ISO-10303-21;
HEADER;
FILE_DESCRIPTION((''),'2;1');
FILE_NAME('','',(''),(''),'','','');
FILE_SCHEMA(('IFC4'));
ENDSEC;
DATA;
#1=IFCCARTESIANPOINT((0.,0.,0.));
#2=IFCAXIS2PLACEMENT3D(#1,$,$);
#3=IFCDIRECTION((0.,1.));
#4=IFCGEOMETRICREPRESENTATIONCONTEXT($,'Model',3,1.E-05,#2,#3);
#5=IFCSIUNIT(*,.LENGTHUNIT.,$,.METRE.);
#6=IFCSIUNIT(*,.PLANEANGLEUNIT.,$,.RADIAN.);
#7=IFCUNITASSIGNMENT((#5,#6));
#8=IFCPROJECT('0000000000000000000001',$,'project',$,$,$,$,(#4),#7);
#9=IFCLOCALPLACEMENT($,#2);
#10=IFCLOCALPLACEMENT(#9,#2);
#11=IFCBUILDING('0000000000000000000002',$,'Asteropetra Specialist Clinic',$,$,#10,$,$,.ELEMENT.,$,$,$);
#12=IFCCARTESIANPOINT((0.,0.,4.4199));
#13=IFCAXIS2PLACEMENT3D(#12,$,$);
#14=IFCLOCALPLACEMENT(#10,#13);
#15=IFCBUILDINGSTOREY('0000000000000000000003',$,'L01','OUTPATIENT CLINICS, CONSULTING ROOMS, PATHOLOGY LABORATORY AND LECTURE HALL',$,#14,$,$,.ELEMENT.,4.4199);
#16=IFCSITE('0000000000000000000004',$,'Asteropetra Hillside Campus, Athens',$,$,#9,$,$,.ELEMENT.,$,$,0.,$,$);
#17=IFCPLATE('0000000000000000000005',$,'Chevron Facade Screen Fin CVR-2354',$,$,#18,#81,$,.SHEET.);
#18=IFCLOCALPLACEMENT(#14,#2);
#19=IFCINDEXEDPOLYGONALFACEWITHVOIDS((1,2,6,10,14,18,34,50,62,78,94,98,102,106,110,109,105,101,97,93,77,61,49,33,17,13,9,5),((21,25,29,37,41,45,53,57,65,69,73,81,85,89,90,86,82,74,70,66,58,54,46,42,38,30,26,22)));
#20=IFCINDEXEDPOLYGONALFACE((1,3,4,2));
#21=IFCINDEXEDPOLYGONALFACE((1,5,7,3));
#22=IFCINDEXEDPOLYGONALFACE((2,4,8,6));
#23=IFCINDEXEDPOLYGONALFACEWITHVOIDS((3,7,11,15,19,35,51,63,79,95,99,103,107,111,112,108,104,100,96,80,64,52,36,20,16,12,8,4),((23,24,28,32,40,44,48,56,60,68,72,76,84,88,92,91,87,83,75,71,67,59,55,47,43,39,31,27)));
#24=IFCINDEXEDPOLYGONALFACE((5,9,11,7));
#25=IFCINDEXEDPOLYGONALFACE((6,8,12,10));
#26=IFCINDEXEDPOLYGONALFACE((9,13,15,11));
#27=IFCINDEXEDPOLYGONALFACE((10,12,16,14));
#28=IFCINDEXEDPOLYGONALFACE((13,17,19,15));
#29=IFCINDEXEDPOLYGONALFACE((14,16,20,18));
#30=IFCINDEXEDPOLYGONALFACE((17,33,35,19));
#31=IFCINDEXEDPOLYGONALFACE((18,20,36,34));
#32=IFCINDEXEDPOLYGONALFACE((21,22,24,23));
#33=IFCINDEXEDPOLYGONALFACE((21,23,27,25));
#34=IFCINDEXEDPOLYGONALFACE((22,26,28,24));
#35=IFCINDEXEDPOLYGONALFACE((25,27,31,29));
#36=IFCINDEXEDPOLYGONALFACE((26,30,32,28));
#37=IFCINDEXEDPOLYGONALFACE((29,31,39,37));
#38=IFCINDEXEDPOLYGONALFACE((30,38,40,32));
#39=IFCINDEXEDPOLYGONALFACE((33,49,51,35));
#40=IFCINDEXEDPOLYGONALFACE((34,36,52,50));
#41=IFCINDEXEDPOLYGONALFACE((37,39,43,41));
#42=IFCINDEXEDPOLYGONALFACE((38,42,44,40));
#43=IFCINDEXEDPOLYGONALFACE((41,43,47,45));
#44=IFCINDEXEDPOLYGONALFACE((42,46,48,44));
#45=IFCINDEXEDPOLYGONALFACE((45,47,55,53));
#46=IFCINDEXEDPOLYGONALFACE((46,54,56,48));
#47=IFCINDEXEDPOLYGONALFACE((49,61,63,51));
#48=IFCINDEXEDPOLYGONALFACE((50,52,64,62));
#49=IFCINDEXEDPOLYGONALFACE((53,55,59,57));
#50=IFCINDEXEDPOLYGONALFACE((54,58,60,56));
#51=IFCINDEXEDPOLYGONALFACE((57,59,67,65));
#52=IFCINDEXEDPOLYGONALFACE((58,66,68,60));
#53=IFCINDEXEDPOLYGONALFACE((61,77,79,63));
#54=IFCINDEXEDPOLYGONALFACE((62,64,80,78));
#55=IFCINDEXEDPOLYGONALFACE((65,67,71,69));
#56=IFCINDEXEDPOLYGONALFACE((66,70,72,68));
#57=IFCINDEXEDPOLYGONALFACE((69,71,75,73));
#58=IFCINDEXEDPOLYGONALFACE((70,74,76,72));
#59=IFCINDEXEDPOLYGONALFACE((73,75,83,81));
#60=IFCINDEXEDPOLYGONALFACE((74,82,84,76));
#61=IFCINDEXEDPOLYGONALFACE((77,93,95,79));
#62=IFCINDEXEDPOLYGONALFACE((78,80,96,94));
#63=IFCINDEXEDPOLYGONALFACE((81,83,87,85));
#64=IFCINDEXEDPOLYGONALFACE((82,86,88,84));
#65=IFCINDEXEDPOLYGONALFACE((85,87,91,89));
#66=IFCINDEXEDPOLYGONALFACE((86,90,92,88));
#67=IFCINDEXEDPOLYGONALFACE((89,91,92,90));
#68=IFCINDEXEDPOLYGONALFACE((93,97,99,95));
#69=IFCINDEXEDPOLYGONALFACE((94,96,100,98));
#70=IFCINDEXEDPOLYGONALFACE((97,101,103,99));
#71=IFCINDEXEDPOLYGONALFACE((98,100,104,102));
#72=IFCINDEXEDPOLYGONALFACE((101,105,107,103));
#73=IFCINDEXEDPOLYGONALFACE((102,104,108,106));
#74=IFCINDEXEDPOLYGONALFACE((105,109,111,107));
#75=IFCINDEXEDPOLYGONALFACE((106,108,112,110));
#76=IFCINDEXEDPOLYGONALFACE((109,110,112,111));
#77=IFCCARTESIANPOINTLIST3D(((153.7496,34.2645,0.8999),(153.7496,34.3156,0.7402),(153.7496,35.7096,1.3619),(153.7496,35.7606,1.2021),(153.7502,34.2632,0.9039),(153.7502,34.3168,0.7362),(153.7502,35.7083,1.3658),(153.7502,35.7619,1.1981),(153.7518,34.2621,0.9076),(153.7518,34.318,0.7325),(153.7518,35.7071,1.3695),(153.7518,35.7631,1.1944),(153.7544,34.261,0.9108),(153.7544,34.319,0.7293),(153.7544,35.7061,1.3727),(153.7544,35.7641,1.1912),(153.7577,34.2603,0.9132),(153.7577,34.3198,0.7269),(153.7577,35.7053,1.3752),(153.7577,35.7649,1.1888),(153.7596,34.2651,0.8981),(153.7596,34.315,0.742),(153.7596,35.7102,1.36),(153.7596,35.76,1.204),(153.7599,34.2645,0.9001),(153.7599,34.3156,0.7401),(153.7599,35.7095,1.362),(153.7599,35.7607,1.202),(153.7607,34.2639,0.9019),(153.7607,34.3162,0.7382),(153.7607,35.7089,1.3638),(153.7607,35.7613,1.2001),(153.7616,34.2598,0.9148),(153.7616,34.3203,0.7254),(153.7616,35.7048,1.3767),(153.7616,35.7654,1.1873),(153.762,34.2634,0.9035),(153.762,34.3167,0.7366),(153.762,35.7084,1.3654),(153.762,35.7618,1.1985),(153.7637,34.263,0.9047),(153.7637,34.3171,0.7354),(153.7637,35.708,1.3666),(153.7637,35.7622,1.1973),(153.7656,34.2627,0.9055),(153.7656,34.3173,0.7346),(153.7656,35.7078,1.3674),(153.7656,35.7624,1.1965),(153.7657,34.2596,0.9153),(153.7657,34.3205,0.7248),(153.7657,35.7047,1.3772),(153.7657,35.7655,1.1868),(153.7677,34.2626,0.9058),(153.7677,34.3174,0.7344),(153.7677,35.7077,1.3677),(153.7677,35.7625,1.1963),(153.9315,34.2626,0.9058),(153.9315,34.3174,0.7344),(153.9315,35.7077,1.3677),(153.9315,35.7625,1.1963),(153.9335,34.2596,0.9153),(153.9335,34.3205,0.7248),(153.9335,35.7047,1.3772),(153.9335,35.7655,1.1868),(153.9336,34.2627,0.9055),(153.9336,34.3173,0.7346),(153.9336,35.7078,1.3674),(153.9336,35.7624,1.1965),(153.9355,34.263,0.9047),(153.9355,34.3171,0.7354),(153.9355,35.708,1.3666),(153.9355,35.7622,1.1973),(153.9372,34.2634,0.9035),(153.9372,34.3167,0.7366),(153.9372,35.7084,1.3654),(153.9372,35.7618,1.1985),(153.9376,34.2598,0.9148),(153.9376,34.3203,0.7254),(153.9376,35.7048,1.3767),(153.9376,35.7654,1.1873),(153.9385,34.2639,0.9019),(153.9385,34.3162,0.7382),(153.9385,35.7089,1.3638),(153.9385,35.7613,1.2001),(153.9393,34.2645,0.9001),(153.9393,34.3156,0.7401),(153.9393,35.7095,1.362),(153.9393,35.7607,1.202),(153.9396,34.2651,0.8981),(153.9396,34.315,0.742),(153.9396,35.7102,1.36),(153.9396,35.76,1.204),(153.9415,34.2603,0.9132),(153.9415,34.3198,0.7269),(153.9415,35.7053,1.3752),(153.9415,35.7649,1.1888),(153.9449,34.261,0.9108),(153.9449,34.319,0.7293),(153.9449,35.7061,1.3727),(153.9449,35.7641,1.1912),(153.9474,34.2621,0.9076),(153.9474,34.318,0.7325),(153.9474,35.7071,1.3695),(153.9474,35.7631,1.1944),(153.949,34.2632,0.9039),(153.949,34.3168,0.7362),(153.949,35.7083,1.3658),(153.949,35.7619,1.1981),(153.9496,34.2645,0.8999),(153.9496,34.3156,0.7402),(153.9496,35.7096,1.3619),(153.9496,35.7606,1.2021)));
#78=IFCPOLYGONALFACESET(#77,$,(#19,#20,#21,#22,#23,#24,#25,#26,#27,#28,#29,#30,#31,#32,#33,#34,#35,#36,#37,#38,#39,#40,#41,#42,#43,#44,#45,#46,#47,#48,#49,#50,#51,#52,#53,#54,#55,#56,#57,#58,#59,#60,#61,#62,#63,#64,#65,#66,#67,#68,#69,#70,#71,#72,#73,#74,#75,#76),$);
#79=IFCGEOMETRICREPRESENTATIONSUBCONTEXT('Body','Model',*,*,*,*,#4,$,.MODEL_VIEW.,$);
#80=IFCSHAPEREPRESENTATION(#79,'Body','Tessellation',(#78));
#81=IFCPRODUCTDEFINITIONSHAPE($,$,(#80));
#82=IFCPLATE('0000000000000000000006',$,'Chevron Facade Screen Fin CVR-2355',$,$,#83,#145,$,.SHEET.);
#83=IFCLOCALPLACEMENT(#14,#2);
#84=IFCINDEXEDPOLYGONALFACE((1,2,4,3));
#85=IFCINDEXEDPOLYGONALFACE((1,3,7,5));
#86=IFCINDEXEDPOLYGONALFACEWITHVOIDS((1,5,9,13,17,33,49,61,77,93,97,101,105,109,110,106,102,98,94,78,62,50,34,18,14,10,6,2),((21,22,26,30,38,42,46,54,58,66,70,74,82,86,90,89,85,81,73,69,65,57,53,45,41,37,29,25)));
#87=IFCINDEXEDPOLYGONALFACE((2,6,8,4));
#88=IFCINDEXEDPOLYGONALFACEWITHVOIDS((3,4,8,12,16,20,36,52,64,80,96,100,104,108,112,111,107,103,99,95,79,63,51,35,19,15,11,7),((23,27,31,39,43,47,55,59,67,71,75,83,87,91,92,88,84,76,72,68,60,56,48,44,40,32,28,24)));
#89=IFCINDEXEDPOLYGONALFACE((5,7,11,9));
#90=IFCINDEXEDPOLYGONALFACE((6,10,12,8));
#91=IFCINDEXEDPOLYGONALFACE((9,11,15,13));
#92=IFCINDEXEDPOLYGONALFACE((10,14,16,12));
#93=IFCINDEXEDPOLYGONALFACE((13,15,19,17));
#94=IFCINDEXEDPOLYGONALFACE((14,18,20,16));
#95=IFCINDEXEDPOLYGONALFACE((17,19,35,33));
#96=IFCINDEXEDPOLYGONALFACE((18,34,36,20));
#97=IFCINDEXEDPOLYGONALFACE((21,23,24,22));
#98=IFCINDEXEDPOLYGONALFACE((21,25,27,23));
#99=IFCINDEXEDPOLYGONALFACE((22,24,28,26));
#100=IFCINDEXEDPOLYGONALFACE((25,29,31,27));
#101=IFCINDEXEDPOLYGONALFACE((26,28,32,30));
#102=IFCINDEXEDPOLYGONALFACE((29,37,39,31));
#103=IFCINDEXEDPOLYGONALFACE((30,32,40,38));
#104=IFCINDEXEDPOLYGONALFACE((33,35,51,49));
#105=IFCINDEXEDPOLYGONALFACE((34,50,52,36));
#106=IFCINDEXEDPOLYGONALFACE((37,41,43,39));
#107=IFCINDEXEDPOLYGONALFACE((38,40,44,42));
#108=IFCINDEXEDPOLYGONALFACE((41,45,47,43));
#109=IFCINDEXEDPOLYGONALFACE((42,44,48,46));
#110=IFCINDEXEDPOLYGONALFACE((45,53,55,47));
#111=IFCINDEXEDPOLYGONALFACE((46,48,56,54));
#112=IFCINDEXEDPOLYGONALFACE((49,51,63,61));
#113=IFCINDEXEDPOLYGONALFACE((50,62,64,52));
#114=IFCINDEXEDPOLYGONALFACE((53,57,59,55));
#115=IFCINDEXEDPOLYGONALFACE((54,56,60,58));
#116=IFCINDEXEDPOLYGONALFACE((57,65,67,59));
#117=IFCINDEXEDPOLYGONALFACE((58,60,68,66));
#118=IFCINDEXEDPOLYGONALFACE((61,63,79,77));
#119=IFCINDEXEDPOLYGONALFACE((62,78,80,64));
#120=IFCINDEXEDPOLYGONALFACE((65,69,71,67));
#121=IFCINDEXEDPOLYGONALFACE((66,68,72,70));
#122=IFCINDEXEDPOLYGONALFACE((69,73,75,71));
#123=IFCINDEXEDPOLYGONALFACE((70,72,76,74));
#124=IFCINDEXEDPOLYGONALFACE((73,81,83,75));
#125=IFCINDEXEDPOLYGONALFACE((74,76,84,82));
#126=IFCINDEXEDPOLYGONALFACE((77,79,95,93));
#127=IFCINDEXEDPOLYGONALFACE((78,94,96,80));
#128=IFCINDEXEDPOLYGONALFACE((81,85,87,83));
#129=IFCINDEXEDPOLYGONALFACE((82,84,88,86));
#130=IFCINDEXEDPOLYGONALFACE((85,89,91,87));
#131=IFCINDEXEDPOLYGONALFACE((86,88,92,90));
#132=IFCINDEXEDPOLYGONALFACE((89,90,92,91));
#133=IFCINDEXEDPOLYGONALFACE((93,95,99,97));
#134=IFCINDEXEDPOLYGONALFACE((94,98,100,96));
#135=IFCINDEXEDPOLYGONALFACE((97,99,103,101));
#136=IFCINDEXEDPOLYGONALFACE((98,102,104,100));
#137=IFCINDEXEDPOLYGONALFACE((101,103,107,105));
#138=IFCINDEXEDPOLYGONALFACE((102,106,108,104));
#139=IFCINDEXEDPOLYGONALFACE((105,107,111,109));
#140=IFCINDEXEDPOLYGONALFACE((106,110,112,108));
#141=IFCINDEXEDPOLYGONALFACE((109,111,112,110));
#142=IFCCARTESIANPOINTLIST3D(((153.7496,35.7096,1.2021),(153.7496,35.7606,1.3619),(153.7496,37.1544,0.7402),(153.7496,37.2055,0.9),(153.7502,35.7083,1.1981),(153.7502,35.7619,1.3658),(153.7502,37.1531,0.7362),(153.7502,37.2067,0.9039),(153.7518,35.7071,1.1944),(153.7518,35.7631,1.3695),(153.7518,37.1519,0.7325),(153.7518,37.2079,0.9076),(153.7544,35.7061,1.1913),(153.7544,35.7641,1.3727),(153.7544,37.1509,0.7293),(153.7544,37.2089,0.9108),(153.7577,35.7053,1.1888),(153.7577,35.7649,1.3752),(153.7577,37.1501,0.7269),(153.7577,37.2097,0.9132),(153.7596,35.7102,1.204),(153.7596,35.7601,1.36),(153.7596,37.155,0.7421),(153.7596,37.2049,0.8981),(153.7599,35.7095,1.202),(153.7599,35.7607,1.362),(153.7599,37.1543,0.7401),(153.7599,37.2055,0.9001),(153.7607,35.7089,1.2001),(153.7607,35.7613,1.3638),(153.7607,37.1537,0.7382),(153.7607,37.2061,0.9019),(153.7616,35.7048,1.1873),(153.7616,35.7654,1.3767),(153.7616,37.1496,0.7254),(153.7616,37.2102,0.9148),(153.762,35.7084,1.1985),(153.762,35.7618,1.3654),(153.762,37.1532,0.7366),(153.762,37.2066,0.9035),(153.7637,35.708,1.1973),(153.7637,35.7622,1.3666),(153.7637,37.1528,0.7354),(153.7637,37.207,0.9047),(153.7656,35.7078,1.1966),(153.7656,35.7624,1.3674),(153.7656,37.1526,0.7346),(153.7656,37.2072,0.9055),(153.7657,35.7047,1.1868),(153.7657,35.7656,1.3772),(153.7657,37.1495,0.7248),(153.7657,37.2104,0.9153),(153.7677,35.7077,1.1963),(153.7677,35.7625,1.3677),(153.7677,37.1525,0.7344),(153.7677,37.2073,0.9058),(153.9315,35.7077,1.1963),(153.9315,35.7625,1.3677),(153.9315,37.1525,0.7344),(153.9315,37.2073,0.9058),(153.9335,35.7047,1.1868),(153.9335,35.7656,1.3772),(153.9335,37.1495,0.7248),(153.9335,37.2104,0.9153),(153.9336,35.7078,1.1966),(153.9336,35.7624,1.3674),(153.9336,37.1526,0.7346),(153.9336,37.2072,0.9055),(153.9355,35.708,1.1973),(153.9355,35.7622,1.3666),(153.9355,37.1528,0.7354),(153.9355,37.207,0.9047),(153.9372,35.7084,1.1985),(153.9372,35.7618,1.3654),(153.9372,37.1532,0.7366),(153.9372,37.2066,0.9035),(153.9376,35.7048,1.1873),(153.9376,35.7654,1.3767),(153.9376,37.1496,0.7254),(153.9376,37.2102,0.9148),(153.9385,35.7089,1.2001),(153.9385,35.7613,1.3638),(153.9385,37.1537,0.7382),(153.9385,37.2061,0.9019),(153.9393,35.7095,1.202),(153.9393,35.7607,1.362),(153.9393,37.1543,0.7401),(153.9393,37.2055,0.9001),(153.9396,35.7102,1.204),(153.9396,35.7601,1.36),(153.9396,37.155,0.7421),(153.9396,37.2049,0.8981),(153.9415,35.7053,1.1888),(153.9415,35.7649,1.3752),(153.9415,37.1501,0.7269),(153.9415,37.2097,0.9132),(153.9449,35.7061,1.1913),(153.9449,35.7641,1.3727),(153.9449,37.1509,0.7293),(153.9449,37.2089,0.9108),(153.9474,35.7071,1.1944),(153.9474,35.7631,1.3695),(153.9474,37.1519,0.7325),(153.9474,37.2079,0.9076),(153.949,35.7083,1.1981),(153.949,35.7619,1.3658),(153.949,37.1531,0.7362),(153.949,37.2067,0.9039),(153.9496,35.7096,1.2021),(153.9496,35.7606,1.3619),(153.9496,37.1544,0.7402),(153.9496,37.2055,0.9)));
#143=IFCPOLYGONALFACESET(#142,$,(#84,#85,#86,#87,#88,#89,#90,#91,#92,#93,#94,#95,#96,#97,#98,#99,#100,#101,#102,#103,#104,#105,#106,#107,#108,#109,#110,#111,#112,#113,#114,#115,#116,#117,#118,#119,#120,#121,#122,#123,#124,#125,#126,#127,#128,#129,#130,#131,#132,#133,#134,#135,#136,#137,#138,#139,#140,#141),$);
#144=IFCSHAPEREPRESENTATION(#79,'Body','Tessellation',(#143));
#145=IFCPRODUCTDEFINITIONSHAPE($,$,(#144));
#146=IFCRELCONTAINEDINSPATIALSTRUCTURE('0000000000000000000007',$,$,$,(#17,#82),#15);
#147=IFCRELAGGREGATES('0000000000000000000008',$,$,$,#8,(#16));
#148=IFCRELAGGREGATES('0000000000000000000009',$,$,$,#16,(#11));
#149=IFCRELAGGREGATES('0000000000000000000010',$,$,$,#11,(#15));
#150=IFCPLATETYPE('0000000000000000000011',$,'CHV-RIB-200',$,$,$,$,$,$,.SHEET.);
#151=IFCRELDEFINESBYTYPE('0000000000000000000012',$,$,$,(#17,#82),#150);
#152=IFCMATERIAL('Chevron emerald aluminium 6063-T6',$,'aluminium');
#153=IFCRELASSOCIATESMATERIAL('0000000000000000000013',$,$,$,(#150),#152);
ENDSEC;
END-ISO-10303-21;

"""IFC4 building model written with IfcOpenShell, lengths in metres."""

from ifc_helpers import new_model, si_unit, direction, frame, origin, origin_2d, place, context, subcontext, project, spatial, hollow_rectangle, extrude, material, material_profile, profile_set, type_object, element, save


model = new_model("IFC4")

# Units and contexts
model_context = context("Model", 3, precision=1e-05, world=origin(), true_north=direction((0.0, 1.0)))
body_context = subcontext(model_context, "Body", "Model", "MODEL_VIEW")
ifc_project = project(units=[si_unit("LENGTHUNIT", "METRE"), si_unit("PLANEANGLEUNIT", "RADIAN")], contexts=[model_context])

# Site, building, storey
site_placement = place(None, origin())
site = spatial("IfcSite", under=ifc_project, at=site_placement, Name="Asteropetra Hillside Campus, Athens", CompositionType="ELEMENT", RefElevation=0.0)
building_placement = place(site_placement, origin())
building = spatial("IfcBuilding", under=site, at=building_placement, Name="Asteropetra Specialist Clinic", CompositionType="ELEMENT")
storey_placement = place(building_placement, frame((0.0, 0.0, 4.4199)))
storey = spatial("IfcBuildingStorey", under=building, at=storey_placement, Name="L01", Description="OUTPATIENT CLINICS, CONSULTING ROOMS, PATHOLOGY LABORATORY AND LECTURE HALL", CompositionType="ELEMENT", Elevation=4.4199)

# Plates
ifc_material_1 = material(Name="Chevron emerald aluminium 6063-T6", Category="aluminium")
ifc_material_profile = material_profile(ifc_material_1, hollow_rectangle(XDim=0.2, YDim=0.2, WallThickness=0.01, InnerFilletRadius=0.0081, OuterFilletRadius=0.0161, at=origin_2d()), Name="SHS 200x200x10.0")
ifc_profile_set = profile_set([ifc_material_profile], Name="Chevron emerald aluminium 6063-T6")
plate_type = type_object("IfcPlateType", Name="CHV-RIB-200", PredefinedType="SHEET", material=ifc_profile_set)
plate_1_placement = place(storey_placement, frame((153.8496, 34.29, 0.8201), z_axis=(0.0, 0.952521, 0.304472), x_axis=(-1.0, 0.0, 0.0)))
element("IfcPlate", 1, at=plate_1_placement, inside=storey, type_object=plate_type, Name="Chevron Facade Screen Fin CVR-2354", PredefinedType="SHEET", context=body_context, shape_type="SweptSolid", body=[
    extrude(hollow_rectangle(XDim=0.2, YDim=0.2, WallThickness=0.01, InnerFilletRadius=0.0081, OuterFilletRadius=0.0161, at=origin_2d()), origin(), (0.0, 0.0, 1.0), 1.5171),
])
plate_2_placement = place(storey_placement, frame((153.8496, 35.7351, 1.282), z_axis=(0.0, 0.952506, -0.304519), x_axis=(-1.0, 0.0, 0.0)))
element("IfcPlate", 2, at=plate_2_placement, inside=storey, type_object=plate_type, Name="Chevron Facade Screen Fin CVR-2355", PredefinedType="SHEET", context=body_context, shape_type="SweptSolid", body=[
    extrude(hollow_rectangle(XDim=0.2, YDim=0.2, WallThickness=0.01, InnerFilletRadius=0.0081, OuterFilletRadius=0.0161, at=origin_2d()), origin(), (0.0, 0.0, 1.0), 1.5168),
])

save(model, "model.ifc")
